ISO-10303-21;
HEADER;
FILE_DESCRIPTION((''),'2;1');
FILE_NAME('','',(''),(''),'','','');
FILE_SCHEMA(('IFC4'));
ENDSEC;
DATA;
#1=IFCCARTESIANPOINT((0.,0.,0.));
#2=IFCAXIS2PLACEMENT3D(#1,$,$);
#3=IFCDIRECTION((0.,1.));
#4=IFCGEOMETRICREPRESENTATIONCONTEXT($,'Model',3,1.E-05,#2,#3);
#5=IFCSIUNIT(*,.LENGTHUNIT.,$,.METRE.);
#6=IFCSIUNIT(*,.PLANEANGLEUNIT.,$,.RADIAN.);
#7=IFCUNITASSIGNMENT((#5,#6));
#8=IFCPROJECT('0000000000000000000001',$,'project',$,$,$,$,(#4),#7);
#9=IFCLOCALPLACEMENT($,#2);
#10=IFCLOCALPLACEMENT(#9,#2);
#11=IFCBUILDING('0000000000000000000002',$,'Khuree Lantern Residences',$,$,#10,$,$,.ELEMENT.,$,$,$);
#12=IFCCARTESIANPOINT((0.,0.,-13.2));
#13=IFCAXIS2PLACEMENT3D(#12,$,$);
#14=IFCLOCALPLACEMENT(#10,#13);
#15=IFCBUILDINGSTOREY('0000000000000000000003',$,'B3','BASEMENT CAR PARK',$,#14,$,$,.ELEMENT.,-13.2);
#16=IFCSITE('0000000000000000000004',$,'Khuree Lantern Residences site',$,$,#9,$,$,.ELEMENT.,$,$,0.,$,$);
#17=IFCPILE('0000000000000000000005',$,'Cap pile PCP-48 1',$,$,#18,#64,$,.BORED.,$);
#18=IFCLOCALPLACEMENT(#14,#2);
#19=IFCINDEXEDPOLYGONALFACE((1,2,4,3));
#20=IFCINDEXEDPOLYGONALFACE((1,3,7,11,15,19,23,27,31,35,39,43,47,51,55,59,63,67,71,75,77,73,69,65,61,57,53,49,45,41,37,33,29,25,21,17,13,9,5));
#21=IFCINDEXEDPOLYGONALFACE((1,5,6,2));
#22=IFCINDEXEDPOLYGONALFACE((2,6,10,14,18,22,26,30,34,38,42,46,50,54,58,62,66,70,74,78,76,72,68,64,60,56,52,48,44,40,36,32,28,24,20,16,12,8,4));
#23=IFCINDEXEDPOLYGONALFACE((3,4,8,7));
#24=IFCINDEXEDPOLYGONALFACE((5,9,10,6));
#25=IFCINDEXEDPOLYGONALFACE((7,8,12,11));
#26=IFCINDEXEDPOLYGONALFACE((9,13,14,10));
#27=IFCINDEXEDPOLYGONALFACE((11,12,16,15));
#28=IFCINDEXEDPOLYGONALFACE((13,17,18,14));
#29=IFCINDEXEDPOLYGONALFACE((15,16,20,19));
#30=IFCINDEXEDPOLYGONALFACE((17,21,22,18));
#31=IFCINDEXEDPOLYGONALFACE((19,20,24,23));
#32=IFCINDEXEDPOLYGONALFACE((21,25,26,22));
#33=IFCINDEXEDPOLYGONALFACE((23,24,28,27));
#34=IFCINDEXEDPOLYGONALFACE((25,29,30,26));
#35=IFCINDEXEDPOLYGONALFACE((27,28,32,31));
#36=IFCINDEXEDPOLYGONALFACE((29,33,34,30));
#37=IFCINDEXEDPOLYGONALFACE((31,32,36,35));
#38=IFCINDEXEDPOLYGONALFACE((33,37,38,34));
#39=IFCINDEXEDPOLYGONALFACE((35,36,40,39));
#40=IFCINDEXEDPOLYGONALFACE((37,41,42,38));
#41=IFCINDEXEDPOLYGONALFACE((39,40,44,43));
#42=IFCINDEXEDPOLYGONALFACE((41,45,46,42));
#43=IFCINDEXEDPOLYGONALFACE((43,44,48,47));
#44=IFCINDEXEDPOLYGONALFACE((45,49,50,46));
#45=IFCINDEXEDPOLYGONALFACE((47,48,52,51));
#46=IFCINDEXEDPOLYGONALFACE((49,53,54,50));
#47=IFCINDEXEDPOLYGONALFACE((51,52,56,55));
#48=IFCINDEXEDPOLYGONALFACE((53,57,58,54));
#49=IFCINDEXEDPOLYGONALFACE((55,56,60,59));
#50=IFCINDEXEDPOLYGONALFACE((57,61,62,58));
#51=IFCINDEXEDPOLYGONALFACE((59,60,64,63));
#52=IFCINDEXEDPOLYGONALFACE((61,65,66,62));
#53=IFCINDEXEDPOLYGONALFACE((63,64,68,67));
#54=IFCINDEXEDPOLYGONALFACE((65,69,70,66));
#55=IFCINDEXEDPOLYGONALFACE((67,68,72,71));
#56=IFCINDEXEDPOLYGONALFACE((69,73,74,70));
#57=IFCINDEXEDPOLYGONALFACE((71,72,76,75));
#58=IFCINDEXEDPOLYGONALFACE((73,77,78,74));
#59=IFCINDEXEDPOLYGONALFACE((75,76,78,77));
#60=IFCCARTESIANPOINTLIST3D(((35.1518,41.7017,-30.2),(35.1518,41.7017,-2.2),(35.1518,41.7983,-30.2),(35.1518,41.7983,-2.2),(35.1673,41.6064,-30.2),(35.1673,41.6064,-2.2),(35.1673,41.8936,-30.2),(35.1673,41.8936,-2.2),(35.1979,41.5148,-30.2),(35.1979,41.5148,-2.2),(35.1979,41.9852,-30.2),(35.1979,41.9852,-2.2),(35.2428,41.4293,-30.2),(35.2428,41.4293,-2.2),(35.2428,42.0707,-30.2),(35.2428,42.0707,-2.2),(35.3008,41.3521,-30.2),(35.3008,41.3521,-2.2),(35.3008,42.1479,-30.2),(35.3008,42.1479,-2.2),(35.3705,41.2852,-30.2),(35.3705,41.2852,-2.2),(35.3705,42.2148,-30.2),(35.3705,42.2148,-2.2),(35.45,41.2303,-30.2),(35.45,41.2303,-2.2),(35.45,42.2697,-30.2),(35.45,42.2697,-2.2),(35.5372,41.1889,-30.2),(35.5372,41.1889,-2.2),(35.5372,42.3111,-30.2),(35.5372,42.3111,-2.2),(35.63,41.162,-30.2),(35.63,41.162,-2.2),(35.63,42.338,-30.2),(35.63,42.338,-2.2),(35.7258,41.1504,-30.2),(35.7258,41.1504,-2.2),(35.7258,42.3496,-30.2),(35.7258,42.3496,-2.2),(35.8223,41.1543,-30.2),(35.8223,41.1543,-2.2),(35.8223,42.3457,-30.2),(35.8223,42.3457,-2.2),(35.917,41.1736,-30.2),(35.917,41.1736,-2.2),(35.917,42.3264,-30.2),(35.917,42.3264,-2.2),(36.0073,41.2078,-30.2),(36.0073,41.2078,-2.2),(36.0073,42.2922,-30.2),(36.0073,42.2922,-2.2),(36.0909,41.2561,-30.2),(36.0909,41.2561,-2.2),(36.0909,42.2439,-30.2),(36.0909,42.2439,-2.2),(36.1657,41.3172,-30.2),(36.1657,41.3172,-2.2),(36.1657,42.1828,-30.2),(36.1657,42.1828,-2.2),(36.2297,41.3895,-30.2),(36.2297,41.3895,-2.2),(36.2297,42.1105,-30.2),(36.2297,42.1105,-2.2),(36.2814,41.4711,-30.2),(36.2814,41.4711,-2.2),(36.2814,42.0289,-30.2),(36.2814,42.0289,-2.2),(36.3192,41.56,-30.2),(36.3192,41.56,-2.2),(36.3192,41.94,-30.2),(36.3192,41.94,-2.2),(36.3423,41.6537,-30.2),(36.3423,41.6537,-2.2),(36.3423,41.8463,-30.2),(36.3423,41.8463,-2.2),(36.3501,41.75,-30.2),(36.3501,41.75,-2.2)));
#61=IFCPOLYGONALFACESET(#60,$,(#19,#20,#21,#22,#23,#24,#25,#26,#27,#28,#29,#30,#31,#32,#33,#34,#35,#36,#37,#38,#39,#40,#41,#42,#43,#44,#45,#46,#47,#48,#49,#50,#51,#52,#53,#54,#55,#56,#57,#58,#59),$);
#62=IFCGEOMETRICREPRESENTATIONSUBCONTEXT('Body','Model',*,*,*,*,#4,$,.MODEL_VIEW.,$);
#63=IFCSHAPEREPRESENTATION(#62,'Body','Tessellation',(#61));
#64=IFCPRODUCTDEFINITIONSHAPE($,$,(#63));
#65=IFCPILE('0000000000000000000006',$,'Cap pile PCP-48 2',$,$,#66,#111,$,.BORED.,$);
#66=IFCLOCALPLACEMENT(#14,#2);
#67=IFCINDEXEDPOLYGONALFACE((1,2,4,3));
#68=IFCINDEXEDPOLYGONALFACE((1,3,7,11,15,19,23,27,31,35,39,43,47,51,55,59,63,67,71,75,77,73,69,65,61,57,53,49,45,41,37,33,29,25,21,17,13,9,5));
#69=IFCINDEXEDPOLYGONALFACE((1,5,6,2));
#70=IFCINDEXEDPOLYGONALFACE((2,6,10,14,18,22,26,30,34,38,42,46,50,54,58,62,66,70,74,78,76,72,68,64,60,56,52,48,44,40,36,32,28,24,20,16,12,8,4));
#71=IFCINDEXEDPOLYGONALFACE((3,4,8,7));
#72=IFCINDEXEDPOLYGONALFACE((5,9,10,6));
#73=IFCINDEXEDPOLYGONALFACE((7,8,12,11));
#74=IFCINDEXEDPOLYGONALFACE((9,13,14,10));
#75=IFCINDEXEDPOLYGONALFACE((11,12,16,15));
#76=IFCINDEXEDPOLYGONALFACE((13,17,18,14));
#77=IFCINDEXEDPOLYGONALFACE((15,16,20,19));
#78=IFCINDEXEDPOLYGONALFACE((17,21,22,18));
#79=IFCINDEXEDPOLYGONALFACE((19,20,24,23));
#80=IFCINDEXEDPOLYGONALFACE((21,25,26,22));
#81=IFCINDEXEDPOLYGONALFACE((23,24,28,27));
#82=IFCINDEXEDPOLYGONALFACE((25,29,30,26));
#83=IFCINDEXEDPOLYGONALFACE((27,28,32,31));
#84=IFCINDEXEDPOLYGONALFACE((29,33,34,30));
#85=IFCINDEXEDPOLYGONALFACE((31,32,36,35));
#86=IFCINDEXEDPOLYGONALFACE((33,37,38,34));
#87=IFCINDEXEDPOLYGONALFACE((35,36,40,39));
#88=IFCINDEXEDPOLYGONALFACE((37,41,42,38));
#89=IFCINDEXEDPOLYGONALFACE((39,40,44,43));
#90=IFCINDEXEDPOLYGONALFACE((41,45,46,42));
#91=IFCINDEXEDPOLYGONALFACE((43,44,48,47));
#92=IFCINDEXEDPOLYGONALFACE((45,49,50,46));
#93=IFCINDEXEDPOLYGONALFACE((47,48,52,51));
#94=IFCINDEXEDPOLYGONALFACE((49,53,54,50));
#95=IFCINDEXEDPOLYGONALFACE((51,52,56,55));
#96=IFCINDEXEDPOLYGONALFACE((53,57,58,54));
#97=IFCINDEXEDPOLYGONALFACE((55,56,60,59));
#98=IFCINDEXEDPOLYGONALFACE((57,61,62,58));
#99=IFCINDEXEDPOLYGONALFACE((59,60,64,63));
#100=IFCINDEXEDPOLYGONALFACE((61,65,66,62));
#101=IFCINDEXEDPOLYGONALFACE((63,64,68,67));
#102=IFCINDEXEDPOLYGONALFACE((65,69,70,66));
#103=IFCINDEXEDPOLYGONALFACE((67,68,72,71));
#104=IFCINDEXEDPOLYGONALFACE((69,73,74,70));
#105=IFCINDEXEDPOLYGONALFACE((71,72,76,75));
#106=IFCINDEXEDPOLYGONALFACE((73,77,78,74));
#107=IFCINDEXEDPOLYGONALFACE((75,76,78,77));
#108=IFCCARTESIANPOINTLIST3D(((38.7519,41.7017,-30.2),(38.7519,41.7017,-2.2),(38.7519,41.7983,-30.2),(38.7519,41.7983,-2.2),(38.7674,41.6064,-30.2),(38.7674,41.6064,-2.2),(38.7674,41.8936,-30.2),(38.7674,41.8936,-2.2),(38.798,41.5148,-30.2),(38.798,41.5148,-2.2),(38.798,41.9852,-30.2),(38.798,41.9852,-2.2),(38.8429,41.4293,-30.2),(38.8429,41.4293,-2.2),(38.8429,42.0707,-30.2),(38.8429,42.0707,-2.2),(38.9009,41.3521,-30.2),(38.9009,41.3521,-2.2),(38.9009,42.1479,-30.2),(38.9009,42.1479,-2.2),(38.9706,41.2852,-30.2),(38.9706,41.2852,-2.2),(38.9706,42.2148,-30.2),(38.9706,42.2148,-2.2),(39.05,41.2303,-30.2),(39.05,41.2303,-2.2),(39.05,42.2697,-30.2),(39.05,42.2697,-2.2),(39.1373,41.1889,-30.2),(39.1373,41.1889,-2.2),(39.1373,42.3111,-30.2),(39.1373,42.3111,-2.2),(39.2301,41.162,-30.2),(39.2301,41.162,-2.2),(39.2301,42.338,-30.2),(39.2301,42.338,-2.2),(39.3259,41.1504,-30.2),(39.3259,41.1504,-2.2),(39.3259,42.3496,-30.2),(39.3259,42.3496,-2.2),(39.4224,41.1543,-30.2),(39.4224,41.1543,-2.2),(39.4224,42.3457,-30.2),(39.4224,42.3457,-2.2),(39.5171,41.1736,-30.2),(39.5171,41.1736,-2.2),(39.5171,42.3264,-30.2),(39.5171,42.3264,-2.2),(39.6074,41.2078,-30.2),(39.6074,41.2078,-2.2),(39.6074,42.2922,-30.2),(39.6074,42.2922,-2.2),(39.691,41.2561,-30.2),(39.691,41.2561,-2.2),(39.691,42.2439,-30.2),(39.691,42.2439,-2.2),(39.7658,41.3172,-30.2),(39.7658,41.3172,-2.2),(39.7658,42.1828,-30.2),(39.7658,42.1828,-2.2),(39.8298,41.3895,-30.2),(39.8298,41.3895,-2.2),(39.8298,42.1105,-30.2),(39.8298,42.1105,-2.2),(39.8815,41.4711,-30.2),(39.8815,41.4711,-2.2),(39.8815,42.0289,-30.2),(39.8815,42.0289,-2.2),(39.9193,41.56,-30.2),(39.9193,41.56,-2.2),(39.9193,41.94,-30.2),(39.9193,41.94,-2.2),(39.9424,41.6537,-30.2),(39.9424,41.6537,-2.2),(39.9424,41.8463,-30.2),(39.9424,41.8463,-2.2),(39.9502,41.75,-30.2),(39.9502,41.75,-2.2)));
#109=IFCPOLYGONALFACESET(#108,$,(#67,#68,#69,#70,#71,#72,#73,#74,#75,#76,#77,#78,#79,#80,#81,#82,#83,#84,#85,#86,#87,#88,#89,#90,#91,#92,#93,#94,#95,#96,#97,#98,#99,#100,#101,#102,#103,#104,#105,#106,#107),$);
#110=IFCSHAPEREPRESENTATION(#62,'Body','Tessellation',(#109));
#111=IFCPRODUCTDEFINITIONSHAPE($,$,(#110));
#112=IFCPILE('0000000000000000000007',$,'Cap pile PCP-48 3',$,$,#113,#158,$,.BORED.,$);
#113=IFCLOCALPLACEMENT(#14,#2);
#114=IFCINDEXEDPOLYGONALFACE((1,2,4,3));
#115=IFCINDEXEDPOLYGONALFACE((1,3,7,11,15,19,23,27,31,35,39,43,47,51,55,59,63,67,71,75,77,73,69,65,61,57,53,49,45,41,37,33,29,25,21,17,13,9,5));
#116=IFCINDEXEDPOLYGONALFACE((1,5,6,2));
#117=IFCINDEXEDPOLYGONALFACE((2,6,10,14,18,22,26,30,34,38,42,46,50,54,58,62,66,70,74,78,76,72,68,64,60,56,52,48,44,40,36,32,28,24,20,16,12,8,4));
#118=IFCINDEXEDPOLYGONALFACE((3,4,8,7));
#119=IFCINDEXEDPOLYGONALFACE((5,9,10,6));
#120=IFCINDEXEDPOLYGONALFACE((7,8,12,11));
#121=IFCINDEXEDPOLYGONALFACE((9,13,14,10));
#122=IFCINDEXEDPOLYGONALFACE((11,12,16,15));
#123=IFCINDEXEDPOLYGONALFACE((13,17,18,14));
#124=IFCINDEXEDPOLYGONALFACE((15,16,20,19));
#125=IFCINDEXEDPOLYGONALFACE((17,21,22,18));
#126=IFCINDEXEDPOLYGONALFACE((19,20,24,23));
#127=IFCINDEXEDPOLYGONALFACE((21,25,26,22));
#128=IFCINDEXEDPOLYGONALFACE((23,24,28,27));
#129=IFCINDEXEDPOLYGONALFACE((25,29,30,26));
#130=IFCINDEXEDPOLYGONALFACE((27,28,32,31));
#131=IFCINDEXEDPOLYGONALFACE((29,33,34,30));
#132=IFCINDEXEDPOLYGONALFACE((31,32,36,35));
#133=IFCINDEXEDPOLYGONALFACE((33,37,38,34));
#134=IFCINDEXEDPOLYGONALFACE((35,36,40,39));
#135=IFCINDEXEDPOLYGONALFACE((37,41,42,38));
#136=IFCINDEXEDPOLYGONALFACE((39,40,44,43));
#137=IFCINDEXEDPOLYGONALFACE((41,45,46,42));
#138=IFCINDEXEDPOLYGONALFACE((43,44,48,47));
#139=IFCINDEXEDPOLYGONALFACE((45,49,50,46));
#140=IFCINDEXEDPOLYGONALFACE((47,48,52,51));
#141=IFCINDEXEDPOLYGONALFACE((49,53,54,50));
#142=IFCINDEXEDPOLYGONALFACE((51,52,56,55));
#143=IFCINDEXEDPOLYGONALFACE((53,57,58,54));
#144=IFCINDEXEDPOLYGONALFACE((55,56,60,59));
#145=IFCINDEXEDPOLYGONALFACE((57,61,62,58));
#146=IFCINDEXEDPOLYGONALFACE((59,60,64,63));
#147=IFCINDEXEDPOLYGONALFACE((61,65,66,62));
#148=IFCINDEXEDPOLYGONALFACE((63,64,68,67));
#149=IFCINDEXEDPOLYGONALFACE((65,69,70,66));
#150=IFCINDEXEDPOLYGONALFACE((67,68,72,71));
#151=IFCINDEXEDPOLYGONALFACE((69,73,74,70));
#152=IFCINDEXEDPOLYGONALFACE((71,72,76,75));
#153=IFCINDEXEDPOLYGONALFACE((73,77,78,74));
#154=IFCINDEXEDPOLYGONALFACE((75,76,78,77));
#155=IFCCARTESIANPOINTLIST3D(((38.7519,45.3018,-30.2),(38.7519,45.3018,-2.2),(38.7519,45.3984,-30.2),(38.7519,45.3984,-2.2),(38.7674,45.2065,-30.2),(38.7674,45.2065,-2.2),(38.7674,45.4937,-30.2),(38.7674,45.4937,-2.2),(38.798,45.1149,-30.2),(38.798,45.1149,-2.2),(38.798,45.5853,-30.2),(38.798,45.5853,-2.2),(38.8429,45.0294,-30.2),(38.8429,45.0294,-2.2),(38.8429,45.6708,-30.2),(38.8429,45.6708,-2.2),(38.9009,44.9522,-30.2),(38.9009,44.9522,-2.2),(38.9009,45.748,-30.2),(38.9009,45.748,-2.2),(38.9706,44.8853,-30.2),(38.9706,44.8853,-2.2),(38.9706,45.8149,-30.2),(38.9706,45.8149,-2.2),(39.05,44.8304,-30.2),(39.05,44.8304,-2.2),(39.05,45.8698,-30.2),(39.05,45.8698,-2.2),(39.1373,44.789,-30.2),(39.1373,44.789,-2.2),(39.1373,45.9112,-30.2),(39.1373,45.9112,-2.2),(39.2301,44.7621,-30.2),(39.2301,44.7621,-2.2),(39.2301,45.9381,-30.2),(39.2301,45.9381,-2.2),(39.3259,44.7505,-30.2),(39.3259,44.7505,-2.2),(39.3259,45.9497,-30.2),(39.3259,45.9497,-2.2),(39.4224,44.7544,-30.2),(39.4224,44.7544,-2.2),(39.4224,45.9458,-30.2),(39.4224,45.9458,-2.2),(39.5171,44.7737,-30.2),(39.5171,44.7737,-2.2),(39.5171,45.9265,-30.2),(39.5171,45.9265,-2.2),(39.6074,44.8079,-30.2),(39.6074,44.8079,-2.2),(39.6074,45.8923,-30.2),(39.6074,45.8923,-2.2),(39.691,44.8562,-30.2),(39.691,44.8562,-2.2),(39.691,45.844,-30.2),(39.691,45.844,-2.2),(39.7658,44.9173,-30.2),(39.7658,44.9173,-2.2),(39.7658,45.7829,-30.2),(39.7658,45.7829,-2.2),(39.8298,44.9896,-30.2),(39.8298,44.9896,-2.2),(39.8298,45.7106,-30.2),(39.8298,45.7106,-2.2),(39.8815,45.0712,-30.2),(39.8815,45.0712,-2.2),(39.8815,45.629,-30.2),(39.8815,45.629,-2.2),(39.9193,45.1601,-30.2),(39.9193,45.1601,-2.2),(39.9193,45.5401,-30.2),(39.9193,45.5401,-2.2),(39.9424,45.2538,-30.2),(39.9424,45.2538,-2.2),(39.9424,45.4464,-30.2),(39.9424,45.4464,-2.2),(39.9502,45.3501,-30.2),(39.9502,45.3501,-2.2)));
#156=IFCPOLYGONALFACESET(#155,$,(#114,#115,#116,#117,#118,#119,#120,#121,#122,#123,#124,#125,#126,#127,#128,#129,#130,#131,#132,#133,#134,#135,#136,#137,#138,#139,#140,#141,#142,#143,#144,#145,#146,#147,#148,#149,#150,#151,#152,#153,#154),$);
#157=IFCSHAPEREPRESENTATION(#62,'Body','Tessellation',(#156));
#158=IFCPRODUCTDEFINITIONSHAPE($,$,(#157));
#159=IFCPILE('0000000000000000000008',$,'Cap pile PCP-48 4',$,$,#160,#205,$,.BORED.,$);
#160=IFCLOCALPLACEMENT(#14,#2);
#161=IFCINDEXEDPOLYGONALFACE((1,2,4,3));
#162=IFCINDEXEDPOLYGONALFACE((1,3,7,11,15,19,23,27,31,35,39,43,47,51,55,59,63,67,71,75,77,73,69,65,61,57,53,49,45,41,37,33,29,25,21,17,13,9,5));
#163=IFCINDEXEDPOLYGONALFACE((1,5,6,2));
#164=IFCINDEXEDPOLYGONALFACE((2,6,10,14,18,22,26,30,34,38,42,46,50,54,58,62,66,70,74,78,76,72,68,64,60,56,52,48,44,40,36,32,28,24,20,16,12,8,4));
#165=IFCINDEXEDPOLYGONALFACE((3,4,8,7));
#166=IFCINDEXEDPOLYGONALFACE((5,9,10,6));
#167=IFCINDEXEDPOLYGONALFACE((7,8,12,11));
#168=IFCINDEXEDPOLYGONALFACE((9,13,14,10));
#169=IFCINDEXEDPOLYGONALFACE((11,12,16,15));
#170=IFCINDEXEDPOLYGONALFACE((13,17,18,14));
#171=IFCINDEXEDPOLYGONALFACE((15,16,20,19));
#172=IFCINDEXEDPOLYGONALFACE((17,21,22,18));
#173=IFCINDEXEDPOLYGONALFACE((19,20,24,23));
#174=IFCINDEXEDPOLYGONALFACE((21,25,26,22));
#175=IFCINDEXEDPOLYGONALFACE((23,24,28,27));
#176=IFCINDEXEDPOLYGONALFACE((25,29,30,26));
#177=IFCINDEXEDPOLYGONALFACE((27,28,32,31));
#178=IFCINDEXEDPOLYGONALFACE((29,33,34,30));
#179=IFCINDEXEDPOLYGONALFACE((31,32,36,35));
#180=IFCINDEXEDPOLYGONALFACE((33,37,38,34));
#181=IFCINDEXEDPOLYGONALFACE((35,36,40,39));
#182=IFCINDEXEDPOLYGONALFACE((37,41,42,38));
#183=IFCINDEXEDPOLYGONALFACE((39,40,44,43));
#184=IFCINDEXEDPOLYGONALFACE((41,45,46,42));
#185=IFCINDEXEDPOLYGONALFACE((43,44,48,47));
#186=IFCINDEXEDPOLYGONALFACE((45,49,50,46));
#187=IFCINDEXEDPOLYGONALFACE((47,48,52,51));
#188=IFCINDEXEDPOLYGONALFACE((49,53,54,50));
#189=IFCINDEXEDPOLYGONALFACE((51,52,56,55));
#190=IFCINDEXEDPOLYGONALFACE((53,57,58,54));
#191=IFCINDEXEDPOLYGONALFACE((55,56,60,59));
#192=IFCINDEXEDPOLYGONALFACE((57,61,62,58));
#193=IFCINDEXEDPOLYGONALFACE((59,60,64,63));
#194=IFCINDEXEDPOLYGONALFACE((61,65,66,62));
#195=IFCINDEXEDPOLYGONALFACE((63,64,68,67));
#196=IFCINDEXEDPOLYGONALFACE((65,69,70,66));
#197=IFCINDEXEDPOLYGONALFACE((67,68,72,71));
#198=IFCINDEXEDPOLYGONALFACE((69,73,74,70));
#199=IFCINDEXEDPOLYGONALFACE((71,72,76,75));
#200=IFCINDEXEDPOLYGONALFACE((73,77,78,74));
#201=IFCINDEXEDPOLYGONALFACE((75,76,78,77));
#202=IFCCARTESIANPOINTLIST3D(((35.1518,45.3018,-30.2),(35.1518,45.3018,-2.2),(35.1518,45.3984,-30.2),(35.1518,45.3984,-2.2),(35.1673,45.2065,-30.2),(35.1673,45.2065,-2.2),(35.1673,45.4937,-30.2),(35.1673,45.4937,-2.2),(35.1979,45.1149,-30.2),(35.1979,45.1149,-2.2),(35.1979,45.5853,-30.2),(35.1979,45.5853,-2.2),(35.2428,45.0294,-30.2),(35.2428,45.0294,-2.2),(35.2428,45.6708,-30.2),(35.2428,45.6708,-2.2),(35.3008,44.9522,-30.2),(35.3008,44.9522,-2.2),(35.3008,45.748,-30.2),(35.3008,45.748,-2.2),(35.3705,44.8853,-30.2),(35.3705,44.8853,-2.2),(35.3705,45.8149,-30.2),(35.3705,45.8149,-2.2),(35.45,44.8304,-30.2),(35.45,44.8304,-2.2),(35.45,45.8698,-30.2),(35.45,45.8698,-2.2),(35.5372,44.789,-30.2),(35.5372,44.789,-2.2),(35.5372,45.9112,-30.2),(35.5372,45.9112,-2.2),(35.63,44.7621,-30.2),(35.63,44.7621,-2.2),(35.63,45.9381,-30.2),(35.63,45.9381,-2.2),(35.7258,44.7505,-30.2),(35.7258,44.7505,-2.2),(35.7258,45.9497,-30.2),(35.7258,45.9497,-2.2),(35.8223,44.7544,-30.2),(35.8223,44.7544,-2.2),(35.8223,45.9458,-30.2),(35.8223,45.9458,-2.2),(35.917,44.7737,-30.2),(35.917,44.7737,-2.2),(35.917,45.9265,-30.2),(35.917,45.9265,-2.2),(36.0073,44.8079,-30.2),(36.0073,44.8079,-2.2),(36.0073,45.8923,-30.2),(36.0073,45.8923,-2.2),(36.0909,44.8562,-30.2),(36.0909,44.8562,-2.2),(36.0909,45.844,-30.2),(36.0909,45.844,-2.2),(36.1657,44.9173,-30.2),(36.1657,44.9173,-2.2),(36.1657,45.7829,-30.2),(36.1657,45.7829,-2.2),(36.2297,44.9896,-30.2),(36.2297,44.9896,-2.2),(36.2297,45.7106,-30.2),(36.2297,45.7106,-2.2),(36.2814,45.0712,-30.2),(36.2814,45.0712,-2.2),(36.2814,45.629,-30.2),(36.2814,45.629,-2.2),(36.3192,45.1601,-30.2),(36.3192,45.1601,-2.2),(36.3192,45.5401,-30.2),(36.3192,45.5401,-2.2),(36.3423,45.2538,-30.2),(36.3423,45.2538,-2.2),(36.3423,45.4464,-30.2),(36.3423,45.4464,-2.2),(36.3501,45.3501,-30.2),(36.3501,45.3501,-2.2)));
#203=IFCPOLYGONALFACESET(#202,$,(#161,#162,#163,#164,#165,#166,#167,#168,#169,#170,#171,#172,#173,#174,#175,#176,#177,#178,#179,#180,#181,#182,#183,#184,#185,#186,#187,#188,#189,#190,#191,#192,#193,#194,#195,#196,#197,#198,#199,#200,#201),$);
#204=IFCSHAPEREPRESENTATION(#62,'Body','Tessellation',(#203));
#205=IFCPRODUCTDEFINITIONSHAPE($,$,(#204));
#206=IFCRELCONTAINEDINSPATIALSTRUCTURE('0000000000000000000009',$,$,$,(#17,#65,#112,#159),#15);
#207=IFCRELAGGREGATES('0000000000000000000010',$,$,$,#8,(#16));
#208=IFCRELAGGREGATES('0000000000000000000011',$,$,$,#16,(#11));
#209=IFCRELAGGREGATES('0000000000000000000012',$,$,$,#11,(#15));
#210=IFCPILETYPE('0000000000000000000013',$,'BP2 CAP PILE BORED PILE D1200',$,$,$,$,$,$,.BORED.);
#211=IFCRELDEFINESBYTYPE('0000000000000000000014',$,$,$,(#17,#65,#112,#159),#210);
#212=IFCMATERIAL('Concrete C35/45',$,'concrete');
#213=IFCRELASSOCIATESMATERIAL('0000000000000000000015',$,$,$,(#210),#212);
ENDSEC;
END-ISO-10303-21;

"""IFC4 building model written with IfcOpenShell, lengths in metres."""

from ifc_helpers import new_model, si_unit, direction, frame, origin, origin_2d, place, context, subcontext, project, spatial, circle, extrude, material, material_profile, profile_set, type_object, element, save


model = new_model("IFC4")

# Units and contexts
model_context = context("Model", 3, precision=1e-05, world=origin(), true_north=direction((0.0, 1.0)))
body_context = subcontext(model_context, "Body", "Model", "MODEL_VIEW")
ifc_project = project(units=[si_unit("LENGTHUNIT", "METRE"), si_unit("PLANEANGLEUNIT", "RADIAN")], contexts=[model_context])

# Site, building, storey
site_placement = place(None, origin())
site = spatial("IfcSite", under=ifc_project, at=site_placement, Name="Khuree Lantern Residences site", CompositionType="ELEMENT", RefElevation=0.0)
building_placement = place(site_placement, origin())
building = spatial("IfcBuilding", under=site, at=building_placement, Name="Khuree Lantern Residences", CompositionType="ELEMENT")
storey_placement = place(building_placement, frame((0.0, 0.0, -13.2)))
storey = spatial("IfcBuildingStorey", under=building, at=storey_placement, Name="B3", Description="BASEMENT CAR PARK", CompositionType="ELEMENT", Elevation=-13.2)

# Piles
ifc_material_1 = material(Name="Concrete C35/45", Category="concrete")
ifc_material_profile_1 = material_profile(ifc_material_1, circle(Radius=0.6001, at=origin_2d()), Name="BORED PILE D1200")
ifc_profile_set_1 = profile_set([ifc_material_profile_1], Name="Concrete C35/45")
pile_type = type_object("IfcPileType", Name="BP2 CAP PILE BORED PILE D1200", PredefinedType="BORED", material=ifc_profile_set_1)
for number, where, z_axis, x_axis, name in (
    (1, (35.75, 41.75, -2.2), (0.0, 0.0, -1.0), (1.0, 0.0, 0.0), "Cap pile PCP-48 1"),
    (2, (39.3501, 41.75, -2.2), (0.0, 0.0, -1.0), (1.0, 0.0, 0.0), "Cap pile PCP-48 2"),
    (3, (39.3501, 45.3501, -2.2), (0.0, 0.0, -1.0), (1.0, 0.0, 0.0), "Cap pile PCP-48 3"),
    (4, (35.75, 45.3501, -2.2), (0.0, 0.0, -1.0), (1.0, 0.0, 0.0), "Cap pile PCP-48 4"),
):
    element("IfcPile", number, at=place(storey_placement, frame(where, z_axis=z_axis, x_axis=x_axis)), inside=storey, type_object=pile_type, Name=name, PredefinedType="BORED", context=body_context, shape_type="SweptSolid", body=[
        extrude(circle(Radius=0.6001, at=origin_2d()), origin(), (0.0, 0.0, 1.0), 28.0),
    ])

save(model, "model.ifc")
